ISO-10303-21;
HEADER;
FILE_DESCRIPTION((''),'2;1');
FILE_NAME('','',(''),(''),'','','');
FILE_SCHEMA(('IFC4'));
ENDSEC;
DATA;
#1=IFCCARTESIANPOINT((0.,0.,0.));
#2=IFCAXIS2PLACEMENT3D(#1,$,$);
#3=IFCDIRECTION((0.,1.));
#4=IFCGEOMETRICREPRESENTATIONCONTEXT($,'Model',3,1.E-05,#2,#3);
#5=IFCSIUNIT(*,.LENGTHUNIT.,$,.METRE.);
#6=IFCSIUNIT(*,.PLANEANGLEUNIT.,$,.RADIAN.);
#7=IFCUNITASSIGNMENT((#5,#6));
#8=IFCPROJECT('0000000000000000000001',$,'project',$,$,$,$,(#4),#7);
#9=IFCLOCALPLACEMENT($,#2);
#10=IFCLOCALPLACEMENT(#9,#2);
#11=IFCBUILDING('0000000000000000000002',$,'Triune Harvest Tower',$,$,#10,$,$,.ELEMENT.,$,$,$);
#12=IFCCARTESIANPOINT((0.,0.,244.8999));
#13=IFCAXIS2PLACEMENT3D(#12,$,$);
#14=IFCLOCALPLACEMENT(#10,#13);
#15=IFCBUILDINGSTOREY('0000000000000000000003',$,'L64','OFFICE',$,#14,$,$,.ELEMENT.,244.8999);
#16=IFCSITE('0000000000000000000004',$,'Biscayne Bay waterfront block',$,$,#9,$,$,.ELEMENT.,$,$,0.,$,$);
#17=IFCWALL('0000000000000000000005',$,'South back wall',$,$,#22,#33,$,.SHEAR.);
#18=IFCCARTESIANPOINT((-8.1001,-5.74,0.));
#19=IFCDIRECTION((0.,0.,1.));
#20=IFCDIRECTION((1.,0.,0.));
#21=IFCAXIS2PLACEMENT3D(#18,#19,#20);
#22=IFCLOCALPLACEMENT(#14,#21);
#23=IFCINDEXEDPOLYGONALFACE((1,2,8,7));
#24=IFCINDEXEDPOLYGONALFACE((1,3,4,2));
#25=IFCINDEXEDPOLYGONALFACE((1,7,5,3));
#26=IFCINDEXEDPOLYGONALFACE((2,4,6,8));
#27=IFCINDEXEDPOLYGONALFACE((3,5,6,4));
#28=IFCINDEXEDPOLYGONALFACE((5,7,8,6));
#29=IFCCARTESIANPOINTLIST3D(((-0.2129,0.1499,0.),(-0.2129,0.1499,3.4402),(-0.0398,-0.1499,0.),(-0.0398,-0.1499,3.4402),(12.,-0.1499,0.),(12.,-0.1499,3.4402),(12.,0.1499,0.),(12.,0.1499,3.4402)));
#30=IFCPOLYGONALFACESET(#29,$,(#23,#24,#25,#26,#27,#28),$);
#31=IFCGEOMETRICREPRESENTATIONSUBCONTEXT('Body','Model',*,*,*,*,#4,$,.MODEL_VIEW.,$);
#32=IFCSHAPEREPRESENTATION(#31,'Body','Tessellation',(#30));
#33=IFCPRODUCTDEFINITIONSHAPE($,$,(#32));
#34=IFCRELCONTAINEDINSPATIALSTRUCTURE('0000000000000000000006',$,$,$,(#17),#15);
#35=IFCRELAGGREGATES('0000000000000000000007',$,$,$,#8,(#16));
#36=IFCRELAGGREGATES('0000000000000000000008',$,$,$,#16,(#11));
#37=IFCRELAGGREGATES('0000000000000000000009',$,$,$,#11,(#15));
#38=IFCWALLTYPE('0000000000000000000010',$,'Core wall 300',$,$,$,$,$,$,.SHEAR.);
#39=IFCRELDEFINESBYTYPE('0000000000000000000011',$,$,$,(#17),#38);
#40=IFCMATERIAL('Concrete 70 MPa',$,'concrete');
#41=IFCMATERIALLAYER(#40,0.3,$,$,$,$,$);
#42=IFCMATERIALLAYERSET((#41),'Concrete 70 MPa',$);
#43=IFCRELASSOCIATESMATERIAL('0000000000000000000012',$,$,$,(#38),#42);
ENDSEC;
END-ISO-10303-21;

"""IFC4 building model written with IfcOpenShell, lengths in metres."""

from ifc_helpers import new_model, si_unit, direction, frame, origin, place, context, subcontext, project, spatial, polyline, outline, extrude, source, transform, mapped, material, layer, layer_set, type_object, element, save


model = new_model("IFC4")

# Units and contexts
model_context = context("Model", 3, precision=1e-05, world=origin(), true_north=direction((0.0, 1.0)))
body_context = subcontext(model_context, "Body", "Model", "MODEL_VIEW")
ifc_project = project(units=[si_unit("LENGTHUNIT", "METRE"), si_unit("PLANEANGLEUNIT", "RADIAN")], contexts=[model_context])

# Site, building, storey
site_placement = place(None, origin())
site = spatial("IfcSite", under=ifc_project, at=site_placement, Name="Biscayne Bay waterfront block", CompositionType="ELEMENT", RefElevation=0.0)
building_placement = place(site_placement, origin())
building = spatial("IfcBuilding", under=site, at=building_placement, Name="Triune Harvest Tower", CompositionType="ELEMENT")
storey_placement = place(building_placement, frame((0.0, 0.0, 244.8999)))
storey = spatial("IfcBuildingStorey", under=building, at=storey_placement, Name="L64", Description="OFFICE", CompositionType="ELEMENT", Elevation=244.8999)

# Shared definitions
ifc_material_1 = material(Name="Concrete 70 MPa", Category="concrete")
ifc_layer_1 = layer(ifc_material_1, 0.3)
ifc_layer_set_1 = layer_set([ifc_layer_1], Name="Concrete 70 MPa")
wall_type_1 = type_object("IfcWallType", Name="Core wall 300", PredefinedType="SHEAR", material=ifc_layer_set_1)

# Wall
shared_shape_1 = source(origin(), body_context, "Body", "SweptSolid", [
    extrude(outline(polyline([(12.0, -0.1499), (-0.0398, -0.1499), (-0.2129, 0.1499), (12.0, 0.1499), (12.0, -0.1499)])), origin(), (0.0, 0.0, 1.0), 3.4402),
])
wall_1_placement = place(storey_placement, frame((-8.1001, -5.74, 0.0), z_axis=(0.0, 0.0, 1.0), x_axis=(1.0, 0.0, 0.0)))
element("IfcWall", 1, at=wall_1_placement, inside=storey, type_object=wall_type_1, Name="South back wall", PredefinedType="SHEAR", context=body_context, shape_type="MappedRepresentation", body=[
    mapped(shared_shape_1, transform((0.0, 0.0, 0.0), scale=1.0)),
])

save(model, "model.ifc")
